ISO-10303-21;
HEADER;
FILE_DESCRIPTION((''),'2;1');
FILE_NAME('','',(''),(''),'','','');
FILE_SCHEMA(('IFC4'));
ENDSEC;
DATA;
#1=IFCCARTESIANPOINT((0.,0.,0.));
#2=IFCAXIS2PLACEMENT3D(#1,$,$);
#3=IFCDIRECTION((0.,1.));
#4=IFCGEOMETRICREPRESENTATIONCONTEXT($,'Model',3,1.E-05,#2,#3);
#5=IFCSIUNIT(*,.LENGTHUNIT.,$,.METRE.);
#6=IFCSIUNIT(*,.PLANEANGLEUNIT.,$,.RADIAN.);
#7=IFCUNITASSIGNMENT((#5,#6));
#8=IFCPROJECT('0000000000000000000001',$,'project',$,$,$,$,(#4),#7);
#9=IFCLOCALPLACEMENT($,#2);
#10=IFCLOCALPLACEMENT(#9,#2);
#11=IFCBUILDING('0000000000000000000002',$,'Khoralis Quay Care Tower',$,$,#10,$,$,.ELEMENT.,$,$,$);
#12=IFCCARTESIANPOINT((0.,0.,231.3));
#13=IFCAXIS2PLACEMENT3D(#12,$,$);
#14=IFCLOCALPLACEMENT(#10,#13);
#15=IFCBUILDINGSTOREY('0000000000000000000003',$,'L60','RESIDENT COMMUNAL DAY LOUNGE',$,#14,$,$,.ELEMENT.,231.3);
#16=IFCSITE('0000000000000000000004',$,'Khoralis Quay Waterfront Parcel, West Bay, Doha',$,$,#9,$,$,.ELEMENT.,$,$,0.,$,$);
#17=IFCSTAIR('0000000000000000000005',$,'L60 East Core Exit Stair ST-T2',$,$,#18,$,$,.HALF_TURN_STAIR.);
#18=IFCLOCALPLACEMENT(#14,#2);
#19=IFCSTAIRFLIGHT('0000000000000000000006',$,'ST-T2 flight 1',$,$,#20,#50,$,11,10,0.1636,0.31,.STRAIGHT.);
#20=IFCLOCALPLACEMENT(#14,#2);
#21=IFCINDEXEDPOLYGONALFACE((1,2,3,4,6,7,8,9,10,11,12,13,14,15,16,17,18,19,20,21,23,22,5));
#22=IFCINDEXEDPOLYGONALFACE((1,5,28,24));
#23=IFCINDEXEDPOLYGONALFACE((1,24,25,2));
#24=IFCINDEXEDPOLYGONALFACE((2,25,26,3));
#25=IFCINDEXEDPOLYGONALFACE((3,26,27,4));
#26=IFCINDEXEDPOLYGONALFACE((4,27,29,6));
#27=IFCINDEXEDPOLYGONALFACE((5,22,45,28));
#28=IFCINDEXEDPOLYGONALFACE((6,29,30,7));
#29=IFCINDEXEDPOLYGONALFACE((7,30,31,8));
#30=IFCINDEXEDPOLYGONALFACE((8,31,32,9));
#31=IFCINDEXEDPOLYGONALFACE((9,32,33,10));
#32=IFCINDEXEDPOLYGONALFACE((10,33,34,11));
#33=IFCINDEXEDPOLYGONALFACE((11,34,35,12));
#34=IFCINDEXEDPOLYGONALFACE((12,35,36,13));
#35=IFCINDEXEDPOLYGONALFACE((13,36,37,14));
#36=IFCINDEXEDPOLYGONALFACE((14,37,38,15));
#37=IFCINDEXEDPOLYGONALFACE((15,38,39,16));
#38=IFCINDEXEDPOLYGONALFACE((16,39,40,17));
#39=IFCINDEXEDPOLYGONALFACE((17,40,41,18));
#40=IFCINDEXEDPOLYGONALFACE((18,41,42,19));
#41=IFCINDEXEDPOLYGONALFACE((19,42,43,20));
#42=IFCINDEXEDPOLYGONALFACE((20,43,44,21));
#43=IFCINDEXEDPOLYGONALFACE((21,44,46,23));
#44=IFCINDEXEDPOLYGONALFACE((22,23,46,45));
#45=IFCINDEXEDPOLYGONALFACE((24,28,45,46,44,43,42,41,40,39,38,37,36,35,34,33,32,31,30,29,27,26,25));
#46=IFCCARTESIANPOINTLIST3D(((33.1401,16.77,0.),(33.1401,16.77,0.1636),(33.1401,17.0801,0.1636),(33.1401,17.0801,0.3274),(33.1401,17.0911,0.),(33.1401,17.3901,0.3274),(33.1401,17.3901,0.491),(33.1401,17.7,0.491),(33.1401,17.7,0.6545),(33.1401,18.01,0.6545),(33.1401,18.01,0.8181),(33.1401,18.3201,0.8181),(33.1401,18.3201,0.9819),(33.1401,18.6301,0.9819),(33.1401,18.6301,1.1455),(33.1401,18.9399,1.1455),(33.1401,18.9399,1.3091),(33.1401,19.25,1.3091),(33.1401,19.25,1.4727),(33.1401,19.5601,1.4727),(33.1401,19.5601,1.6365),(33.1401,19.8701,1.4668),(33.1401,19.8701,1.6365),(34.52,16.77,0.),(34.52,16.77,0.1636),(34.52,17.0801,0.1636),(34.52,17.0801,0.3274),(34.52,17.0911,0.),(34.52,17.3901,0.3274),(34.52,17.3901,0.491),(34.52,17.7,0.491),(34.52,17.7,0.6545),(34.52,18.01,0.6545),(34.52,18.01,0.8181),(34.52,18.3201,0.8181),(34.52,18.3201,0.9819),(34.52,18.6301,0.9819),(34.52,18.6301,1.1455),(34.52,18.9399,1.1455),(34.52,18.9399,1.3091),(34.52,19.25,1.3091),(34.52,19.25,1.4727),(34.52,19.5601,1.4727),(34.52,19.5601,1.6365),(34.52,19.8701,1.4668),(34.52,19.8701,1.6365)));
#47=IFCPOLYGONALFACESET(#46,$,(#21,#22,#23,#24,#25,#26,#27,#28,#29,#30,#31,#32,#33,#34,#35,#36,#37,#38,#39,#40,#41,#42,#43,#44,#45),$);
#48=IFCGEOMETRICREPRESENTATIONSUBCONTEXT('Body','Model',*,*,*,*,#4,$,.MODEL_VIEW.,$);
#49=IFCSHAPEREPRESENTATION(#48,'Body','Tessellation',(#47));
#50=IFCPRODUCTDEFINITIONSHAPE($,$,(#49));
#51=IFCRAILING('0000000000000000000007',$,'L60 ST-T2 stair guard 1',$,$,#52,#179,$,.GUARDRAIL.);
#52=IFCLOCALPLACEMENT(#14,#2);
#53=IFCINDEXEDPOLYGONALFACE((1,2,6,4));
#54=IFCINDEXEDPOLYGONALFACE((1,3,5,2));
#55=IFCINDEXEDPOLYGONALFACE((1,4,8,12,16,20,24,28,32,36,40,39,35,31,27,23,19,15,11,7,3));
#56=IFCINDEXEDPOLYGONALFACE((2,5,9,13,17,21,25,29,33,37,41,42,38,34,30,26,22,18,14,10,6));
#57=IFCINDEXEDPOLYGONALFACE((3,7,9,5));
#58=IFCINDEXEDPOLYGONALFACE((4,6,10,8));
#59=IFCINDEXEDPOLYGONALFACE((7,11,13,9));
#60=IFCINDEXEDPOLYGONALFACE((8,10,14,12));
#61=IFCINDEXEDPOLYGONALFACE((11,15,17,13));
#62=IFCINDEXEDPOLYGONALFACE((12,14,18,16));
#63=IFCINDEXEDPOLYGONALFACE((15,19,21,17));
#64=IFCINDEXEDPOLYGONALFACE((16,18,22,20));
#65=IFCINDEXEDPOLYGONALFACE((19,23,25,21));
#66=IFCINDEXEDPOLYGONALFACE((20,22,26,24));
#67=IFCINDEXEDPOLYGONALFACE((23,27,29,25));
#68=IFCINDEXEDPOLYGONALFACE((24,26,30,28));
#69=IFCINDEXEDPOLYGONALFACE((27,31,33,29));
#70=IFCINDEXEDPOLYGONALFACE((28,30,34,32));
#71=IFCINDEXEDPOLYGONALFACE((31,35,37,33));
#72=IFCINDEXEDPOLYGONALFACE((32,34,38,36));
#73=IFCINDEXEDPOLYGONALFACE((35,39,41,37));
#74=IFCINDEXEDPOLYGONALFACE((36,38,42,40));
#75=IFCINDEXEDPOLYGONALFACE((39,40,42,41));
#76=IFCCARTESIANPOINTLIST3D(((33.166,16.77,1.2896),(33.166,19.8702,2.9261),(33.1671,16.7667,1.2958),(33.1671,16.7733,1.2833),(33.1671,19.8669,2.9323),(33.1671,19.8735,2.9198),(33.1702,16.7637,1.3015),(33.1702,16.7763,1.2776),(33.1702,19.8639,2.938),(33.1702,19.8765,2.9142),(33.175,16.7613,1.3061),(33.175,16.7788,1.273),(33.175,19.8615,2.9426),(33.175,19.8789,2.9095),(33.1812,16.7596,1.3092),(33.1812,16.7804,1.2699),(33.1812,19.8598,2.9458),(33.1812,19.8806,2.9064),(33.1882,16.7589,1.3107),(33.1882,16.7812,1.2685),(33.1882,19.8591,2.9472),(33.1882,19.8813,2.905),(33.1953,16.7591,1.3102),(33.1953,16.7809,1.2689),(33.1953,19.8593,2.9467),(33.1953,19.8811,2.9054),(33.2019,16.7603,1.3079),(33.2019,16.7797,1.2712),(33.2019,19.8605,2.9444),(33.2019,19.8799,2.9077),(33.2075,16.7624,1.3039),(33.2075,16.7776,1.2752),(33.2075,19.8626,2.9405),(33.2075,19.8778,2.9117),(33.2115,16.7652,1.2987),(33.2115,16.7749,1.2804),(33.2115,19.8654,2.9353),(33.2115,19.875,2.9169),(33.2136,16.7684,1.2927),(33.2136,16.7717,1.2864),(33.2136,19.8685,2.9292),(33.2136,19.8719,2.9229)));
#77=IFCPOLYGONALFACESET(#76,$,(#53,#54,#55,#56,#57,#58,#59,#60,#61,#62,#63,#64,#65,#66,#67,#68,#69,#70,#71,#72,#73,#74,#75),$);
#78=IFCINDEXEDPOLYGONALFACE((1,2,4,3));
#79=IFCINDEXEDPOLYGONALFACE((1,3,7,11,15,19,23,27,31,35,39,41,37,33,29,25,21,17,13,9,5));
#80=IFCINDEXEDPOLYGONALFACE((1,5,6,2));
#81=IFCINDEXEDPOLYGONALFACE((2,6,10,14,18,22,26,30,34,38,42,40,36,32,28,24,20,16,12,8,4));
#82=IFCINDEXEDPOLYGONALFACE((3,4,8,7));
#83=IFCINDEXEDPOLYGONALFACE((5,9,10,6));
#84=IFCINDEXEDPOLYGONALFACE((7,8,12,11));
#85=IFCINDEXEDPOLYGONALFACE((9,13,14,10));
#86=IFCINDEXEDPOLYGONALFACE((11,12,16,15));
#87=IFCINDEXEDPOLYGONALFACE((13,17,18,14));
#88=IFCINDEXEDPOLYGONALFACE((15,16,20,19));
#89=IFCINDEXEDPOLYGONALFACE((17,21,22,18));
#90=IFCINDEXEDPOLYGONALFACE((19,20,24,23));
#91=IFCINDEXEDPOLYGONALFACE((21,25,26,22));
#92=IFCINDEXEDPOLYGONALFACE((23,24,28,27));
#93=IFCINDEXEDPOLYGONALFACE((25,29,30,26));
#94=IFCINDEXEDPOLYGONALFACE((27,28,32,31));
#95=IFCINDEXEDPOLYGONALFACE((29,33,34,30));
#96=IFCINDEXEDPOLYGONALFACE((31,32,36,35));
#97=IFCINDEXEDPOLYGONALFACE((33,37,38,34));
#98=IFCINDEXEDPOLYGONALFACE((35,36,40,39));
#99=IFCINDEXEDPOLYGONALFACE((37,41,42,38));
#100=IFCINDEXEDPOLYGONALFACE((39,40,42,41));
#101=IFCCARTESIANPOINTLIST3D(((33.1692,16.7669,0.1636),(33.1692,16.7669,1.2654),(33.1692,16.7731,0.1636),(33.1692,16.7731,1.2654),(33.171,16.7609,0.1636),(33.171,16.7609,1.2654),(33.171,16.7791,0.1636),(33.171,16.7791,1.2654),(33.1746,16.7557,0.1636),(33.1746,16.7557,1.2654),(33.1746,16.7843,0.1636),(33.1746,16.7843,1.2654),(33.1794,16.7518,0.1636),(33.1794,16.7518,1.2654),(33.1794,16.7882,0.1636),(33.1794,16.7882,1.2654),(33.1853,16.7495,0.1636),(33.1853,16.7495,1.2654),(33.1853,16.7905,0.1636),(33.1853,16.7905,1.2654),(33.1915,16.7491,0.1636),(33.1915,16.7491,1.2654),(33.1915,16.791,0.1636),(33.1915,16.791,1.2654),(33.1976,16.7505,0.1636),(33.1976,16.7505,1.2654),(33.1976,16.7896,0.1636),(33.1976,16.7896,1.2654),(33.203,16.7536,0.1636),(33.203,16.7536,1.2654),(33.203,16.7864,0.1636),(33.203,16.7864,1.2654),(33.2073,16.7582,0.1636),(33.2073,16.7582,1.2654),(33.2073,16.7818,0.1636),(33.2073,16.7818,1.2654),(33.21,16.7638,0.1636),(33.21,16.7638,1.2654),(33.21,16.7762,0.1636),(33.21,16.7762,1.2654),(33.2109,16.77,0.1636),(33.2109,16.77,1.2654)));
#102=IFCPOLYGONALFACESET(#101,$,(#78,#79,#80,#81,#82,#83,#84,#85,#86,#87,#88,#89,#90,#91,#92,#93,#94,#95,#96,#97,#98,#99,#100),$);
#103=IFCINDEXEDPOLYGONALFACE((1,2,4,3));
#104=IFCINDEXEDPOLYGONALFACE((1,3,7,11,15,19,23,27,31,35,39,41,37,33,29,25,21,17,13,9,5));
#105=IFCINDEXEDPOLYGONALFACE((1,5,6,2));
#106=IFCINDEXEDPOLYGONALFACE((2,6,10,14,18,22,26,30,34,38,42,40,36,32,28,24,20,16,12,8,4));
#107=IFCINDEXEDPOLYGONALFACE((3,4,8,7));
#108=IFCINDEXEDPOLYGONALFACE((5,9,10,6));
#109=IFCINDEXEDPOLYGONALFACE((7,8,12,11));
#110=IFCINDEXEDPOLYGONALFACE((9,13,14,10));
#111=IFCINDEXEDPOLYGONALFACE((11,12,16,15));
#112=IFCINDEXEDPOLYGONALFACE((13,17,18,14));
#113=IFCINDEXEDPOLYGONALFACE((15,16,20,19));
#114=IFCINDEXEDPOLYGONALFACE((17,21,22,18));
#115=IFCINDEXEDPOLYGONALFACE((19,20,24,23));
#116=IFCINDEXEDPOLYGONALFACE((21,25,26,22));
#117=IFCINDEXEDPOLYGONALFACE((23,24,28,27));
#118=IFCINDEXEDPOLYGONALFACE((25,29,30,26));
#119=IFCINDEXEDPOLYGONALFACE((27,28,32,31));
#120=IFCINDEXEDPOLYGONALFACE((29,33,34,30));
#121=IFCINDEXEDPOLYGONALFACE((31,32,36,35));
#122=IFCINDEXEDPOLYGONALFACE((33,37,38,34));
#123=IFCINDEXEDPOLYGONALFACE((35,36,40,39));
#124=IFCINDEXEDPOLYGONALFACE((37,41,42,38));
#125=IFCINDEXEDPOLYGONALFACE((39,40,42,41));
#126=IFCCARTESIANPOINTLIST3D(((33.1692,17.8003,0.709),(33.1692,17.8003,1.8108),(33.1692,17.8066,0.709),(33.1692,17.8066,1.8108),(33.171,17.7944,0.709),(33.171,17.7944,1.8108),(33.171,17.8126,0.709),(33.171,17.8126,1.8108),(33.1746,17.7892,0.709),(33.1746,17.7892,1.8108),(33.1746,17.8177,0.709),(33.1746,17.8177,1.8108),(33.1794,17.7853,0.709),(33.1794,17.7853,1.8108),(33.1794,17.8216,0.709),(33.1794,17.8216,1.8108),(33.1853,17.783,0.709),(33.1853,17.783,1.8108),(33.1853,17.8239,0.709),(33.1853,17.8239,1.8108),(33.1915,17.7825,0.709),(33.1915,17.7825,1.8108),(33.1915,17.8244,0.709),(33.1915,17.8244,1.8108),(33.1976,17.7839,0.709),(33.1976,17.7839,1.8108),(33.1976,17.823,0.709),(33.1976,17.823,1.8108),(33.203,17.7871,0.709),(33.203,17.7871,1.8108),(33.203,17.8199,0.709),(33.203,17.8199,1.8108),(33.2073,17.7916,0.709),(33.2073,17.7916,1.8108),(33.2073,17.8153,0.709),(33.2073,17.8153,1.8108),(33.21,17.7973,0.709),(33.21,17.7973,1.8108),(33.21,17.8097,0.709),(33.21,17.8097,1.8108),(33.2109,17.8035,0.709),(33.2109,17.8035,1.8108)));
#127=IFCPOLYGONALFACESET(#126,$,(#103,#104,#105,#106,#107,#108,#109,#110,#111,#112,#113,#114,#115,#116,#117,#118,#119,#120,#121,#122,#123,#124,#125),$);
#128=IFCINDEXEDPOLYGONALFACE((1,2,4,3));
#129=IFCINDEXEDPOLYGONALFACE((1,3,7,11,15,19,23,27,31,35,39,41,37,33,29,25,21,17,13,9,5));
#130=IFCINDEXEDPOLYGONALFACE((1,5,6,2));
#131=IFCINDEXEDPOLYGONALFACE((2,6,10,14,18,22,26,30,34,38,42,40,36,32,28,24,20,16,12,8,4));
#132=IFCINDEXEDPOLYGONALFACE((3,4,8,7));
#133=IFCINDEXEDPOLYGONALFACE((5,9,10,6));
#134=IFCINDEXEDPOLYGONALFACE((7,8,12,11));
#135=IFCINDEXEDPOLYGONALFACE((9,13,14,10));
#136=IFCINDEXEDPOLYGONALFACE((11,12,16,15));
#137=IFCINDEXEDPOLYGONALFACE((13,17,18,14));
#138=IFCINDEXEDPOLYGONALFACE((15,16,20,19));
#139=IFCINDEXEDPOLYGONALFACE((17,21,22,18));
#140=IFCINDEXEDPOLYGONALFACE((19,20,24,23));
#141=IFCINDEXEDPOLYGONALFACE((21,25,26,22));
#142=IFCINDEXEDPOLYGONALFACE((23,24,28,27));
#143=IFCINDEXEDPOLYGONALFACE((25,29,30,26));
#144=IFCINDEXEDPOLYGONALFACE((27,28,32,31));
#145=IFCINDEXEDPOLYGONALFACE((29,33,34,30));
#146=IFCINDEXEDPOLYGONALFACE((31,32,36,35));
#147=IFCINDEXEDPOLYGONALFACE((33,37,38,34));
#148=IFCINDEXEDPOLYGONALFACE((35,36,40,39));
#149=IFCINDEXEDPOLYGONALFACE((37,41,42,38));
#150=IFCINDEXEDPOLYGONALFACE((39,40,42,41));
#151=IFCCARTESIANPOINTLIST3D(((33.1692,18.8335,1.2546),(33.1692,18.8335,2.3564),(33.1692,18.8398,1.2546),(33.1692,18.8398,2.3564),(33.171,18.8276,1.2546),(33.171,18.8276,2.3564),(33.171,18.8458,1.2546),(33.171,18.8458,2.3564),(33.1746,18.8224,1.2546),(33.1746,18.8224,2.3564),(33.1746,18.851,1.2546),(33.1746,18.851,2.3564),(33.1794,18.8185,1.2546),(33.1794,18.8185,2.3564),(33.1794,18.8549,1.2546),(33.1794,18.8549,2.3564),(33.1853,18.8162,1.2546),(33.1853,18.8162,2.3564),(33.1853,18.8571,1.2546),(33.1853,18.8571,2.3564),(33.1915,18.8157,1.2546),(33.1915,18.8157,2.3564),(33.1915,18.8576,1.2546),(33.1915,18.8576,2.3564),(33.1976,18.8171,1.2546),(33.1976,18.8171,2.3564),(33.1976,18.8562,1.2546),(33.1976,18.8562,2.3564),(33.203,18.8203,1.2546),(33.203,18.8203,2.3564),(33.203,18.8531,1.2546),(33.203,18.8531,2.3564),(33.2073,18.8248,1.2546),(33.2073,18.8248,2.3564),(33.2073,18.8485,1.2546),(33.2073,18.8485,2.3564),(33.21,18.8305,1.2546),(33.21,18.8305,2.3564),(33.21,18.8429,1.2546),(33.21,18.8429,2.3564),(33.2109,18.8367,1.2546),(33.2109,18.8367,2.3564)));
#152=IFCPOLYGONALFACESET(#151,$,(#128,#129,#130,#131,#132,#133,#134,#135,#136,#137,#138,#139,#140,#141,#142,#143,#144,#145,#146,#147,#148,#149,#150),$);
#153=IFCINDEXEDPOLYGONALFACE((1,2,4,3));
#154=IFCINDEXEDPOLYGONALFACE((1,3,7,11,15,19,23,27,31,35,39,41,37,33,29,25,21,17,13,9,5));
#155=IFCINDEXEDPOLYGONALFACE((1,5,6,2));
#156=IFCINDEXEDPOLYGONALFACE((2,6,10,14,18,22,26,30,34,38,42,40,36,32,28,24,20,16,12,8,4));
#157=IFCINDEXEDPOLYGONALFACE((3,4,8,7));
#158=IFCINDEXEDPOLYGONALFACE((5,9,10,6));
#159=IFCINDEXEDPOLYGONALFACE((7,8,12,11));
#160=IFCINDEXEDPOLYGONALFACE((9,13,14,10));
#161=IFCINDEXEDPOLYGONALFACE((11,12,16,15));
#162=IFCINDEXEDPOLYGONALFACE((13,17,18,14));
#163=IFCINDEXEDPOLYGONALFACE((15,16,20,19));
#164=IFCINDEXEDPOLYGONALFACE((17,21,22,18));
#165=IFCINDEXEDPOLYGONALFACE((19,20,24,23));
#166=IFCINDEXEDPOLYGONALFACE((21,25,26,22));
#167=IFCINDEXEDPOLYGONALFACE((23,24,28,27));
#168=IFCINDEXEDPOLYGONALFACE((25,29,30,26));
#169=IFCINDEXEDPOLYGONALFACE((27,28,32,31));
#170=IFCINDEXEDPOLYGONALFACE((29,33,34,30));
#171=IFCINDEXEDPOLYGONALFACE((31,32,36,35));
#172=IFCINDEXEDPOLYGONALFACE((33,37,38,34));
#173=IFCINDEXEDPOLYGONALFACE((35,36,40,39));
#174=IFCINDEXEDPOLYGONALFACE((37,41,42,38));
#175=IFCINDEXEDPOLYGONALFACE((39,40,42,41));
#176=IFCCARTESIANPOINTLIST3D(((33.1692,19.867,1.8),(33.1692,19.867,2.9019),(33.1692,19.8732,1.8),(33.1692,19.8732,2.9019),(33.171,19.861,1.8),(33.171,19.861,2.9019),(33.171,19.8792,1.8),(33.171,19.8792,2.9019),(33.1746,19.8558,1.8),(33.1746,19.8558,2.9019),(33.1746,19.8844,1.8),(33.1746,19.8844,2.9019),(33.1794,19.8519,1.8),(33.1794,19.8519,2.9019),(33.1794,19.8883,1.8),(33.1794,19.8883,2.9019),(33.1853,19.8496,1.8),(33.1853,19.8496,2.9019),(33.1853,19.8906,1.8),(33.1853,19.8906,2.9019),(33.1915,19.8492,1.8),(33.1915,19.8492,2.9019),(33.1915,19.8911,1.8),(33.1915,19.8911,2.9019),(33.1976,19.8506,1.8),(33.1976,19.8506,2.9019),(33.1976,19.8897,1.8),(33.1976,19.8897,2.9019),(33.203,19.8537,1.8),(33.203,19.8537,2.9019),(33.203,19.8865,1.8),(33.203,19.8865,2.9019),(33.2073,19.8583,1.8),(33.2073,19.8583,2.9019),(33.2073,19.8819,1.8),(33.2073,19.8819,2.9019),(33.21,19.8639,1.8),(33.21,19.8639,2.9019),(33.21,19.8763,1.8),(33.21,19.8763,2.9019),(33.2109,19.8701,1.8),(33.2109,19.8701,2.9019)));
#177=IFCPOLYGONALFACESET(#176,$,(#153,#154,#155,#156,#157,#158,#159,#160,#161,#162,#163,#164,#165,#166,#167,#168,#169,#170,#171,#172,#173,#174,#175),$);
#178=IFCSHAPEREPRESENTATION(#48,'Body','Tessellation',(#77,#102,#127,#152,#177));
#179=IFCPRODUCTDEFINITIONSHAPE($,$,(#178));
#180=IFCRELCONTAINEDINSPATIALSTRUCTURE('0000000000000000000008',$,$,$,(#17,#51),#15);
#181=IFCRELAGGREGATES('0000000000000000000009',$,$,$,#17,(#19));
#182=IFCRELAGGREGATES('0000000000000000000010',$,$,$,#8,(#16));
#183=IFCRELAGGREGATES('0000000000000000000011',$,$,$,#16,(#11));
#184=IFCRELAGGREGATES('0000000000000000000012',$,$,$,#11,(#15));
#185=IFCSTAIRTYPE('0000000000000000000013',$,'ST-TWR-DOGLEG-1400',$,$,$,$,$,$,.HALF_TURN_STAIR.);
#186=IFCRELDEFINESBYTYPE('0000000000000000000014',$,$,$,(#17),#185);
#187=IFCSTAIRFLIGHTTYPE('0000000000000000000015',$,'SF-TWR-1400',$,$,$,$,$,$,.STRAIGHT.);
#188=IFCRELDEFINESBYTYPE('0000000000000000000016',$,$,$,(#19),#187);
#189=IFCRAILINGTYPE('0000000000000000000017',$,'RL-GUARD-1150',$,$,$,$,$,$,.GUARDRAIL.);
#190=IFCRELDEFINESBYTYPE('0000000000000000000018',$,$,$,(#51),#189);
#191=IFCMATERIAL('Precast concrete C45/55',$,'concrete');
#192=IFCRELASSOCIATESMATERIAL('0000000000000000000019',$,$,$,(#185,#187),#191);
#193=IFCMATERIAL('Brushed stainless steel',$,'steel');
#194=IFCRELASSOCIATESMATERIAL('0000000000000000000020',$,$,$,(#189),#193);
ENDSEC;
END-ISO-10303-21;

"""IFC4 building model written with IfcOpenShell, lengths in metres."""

from ifc_helpers import new_model, si_unit, direction, frame, origin, origin_2d, place, context, subcontext, project, spatial, polyline, circle, outline, extrude, source, transform, mapped, material, type_object, element, aggregate, save


model = new_model("IFC4")

# Units and contexts
model_context = context("Model", 3, precision=1e-05, world=origin(), true_north=direction((0.0, 1.0)))
body_context = subcontext(model_context, "Body", "Model", "MODEL_VIEW")
ifc_project = project(units=[si_unit("LENGTHUNIT", "METRE"), si_unit("PLANEANGLEUNIT", "RADIAN")], contexts=[model_context])

# Site, building, storey
site_placement = place(None, origin())
site = spatial("IfcSite", under=ifc_project, at=site_placement, Name="Khoralis Quay Waterfront Parcel, West Bay, Doha", CompositionType="ELEMENT", RefElevation=0.0)
building_placement = place(site_placement, origin())
building = spatial("IfcBuilding", under=site, at=building_placement, Name="Khoralis Quay Care Tower", CompositionType="ELEMENT")
storey_placement = place(building_placement, frame((0.0, 0.0, 231.3)))
storey = spatial("IfcBuildingStorey", under=building, at=storey_placement, Name="L60", Description="RESIDENT COMMUNAL DAY LOUNGE", CompositionType="ELEMENT", Elevation=231.3)

# Shared definitions
ifc_material_1 = material(Name="Brushed stainless steel", Category="steel")

# Shared definitions
ifc_material_2 = material(Name="Precast concrete C45/55", Category="concrete")

# Stair, stair flight
stair_type = type_object("IfcStairType", Name="ST-TWR-DOGLEG-1400", PredefinedType="HALF_TURN_STAIR", material=ifc_material_2)
stair_placement = place(storey_placement, origin())
stair = element("IfcStair", 1, at=stair_placement, inside=storey, type_object=stair_type, Name="L60 East Core Exit Stair ST-T2", PredefinedType="HALF_TURN_STAIR")
stair_flight_type = type_object("IfcStairFlightType", Name="SF-TWR-1400", PredefinedType="STRAIGHT", material=ifc_material_2)
shared_shape_1 = source(origin(), body_context, "Body", "SweptSolid", [
    extrude(outline(polyline([(0.0, 0.0), (0.0, 0.1636), (0.3101, 0.1636), (0.3101, 0.3274), (0.6201, 0.3274), (0.6201, 0.491), (0.9299, 0.491), (0.9299, 0.6545), (1.24, 0.6545), (1.24, 0.8181), (1.55, 0.8181), (1.55, 0.9819), (1.8601, 0.9819), (1.8601, 1.1455), (2.1699, 1.1455), (2.1699, 1.3091), (2.48, 1.3091), (2.48, 1.4727), (2.79, 1.4727), (2.79, 1.6365), (3.1001, 1.6365), (3.1001, 1.8), (3.1001, 1.4668), (0.321, 0.0), (0.0, 0.0)])), frame((0.0, 0.6899, 0.0), z_axis=(0.0, -1.0, 0.0), x_axis=(1.0, 0.0, 0.0)), (0.0, 0.0, 1.0), 1.3799),
])
stair_flight_placement = place(storey_placement, frame((33.8301, 16.77, 0.0), z_axis=(0.0, 0.0, 1.0), x_axis=(0.0, 1.0, 0.0)))
stair_flight = element("IfcStairFlight", 2, at=stair_flight_placement, type_object=stair_flight_type, Name="ST-T2 flight 1", NumberOfRisers=11, NumberOfTreads=10, PredefinedType="STRAIGHT", RiserHeight=0.1636, TreadLength=0.31, context=body_context, shape_type="MappedRepresentation", body=[
    mapped(shared_shape_1, transform((0.0, 0.0, 0.0), scale=1.0)),
])
aggregate(stair, [stair_flight])

# Railing
railing_type_1 = type_object("IfcRailingType", Name="RL-GUARD-1150", PredefinedType="GUARDRAIL", material=ifc_material_1)
railing_1_placement = place(storey_placement, frame((33.1899, 16.77, 0.1636)))
element("IfcRailing", 3, at=railing_1_placement, inside=storey, type_object=railing_type_1, Name="L60 ST-T2 stair guard 1", PredefinedType="GUARDRAIL", context=body_context, shape_type="SweptSolid", body=[
    extrude(circle(Radius=0.0239, at=origin_2d()), frame((0.0, 0.0, 1.126), z_axis=(0.0, 0.884348, 0.466828), x_axis=(-1.0, 0.0, 0.0)), (0.0, 0.0, 1.0), 3.5056),
    extrude(circle(Radius=0.021, at=origin_2d()), origin(), (0.0, 0.0, 1.0), 1.1018),
    extrude(circle(Radius=0.021, at=origin_2d()), frame((0.0, 1.0334, 0.5454)), (0.0, 0.0, 1.0), 1.1018),
    extrude(circle(Radius=0.021, at=origin_2d()), frame((0.0, 2.0667, 1.0911)), (0.0, 0.0, 1.0), 1.1018),
    extrude(circle(Radius=0.021, at=origin_2d()), frame((0.0, 3.1001, 1.6365)), (0.0, 0.0, 1.0), 1.1018),
])

save(model, "model.ifc")
